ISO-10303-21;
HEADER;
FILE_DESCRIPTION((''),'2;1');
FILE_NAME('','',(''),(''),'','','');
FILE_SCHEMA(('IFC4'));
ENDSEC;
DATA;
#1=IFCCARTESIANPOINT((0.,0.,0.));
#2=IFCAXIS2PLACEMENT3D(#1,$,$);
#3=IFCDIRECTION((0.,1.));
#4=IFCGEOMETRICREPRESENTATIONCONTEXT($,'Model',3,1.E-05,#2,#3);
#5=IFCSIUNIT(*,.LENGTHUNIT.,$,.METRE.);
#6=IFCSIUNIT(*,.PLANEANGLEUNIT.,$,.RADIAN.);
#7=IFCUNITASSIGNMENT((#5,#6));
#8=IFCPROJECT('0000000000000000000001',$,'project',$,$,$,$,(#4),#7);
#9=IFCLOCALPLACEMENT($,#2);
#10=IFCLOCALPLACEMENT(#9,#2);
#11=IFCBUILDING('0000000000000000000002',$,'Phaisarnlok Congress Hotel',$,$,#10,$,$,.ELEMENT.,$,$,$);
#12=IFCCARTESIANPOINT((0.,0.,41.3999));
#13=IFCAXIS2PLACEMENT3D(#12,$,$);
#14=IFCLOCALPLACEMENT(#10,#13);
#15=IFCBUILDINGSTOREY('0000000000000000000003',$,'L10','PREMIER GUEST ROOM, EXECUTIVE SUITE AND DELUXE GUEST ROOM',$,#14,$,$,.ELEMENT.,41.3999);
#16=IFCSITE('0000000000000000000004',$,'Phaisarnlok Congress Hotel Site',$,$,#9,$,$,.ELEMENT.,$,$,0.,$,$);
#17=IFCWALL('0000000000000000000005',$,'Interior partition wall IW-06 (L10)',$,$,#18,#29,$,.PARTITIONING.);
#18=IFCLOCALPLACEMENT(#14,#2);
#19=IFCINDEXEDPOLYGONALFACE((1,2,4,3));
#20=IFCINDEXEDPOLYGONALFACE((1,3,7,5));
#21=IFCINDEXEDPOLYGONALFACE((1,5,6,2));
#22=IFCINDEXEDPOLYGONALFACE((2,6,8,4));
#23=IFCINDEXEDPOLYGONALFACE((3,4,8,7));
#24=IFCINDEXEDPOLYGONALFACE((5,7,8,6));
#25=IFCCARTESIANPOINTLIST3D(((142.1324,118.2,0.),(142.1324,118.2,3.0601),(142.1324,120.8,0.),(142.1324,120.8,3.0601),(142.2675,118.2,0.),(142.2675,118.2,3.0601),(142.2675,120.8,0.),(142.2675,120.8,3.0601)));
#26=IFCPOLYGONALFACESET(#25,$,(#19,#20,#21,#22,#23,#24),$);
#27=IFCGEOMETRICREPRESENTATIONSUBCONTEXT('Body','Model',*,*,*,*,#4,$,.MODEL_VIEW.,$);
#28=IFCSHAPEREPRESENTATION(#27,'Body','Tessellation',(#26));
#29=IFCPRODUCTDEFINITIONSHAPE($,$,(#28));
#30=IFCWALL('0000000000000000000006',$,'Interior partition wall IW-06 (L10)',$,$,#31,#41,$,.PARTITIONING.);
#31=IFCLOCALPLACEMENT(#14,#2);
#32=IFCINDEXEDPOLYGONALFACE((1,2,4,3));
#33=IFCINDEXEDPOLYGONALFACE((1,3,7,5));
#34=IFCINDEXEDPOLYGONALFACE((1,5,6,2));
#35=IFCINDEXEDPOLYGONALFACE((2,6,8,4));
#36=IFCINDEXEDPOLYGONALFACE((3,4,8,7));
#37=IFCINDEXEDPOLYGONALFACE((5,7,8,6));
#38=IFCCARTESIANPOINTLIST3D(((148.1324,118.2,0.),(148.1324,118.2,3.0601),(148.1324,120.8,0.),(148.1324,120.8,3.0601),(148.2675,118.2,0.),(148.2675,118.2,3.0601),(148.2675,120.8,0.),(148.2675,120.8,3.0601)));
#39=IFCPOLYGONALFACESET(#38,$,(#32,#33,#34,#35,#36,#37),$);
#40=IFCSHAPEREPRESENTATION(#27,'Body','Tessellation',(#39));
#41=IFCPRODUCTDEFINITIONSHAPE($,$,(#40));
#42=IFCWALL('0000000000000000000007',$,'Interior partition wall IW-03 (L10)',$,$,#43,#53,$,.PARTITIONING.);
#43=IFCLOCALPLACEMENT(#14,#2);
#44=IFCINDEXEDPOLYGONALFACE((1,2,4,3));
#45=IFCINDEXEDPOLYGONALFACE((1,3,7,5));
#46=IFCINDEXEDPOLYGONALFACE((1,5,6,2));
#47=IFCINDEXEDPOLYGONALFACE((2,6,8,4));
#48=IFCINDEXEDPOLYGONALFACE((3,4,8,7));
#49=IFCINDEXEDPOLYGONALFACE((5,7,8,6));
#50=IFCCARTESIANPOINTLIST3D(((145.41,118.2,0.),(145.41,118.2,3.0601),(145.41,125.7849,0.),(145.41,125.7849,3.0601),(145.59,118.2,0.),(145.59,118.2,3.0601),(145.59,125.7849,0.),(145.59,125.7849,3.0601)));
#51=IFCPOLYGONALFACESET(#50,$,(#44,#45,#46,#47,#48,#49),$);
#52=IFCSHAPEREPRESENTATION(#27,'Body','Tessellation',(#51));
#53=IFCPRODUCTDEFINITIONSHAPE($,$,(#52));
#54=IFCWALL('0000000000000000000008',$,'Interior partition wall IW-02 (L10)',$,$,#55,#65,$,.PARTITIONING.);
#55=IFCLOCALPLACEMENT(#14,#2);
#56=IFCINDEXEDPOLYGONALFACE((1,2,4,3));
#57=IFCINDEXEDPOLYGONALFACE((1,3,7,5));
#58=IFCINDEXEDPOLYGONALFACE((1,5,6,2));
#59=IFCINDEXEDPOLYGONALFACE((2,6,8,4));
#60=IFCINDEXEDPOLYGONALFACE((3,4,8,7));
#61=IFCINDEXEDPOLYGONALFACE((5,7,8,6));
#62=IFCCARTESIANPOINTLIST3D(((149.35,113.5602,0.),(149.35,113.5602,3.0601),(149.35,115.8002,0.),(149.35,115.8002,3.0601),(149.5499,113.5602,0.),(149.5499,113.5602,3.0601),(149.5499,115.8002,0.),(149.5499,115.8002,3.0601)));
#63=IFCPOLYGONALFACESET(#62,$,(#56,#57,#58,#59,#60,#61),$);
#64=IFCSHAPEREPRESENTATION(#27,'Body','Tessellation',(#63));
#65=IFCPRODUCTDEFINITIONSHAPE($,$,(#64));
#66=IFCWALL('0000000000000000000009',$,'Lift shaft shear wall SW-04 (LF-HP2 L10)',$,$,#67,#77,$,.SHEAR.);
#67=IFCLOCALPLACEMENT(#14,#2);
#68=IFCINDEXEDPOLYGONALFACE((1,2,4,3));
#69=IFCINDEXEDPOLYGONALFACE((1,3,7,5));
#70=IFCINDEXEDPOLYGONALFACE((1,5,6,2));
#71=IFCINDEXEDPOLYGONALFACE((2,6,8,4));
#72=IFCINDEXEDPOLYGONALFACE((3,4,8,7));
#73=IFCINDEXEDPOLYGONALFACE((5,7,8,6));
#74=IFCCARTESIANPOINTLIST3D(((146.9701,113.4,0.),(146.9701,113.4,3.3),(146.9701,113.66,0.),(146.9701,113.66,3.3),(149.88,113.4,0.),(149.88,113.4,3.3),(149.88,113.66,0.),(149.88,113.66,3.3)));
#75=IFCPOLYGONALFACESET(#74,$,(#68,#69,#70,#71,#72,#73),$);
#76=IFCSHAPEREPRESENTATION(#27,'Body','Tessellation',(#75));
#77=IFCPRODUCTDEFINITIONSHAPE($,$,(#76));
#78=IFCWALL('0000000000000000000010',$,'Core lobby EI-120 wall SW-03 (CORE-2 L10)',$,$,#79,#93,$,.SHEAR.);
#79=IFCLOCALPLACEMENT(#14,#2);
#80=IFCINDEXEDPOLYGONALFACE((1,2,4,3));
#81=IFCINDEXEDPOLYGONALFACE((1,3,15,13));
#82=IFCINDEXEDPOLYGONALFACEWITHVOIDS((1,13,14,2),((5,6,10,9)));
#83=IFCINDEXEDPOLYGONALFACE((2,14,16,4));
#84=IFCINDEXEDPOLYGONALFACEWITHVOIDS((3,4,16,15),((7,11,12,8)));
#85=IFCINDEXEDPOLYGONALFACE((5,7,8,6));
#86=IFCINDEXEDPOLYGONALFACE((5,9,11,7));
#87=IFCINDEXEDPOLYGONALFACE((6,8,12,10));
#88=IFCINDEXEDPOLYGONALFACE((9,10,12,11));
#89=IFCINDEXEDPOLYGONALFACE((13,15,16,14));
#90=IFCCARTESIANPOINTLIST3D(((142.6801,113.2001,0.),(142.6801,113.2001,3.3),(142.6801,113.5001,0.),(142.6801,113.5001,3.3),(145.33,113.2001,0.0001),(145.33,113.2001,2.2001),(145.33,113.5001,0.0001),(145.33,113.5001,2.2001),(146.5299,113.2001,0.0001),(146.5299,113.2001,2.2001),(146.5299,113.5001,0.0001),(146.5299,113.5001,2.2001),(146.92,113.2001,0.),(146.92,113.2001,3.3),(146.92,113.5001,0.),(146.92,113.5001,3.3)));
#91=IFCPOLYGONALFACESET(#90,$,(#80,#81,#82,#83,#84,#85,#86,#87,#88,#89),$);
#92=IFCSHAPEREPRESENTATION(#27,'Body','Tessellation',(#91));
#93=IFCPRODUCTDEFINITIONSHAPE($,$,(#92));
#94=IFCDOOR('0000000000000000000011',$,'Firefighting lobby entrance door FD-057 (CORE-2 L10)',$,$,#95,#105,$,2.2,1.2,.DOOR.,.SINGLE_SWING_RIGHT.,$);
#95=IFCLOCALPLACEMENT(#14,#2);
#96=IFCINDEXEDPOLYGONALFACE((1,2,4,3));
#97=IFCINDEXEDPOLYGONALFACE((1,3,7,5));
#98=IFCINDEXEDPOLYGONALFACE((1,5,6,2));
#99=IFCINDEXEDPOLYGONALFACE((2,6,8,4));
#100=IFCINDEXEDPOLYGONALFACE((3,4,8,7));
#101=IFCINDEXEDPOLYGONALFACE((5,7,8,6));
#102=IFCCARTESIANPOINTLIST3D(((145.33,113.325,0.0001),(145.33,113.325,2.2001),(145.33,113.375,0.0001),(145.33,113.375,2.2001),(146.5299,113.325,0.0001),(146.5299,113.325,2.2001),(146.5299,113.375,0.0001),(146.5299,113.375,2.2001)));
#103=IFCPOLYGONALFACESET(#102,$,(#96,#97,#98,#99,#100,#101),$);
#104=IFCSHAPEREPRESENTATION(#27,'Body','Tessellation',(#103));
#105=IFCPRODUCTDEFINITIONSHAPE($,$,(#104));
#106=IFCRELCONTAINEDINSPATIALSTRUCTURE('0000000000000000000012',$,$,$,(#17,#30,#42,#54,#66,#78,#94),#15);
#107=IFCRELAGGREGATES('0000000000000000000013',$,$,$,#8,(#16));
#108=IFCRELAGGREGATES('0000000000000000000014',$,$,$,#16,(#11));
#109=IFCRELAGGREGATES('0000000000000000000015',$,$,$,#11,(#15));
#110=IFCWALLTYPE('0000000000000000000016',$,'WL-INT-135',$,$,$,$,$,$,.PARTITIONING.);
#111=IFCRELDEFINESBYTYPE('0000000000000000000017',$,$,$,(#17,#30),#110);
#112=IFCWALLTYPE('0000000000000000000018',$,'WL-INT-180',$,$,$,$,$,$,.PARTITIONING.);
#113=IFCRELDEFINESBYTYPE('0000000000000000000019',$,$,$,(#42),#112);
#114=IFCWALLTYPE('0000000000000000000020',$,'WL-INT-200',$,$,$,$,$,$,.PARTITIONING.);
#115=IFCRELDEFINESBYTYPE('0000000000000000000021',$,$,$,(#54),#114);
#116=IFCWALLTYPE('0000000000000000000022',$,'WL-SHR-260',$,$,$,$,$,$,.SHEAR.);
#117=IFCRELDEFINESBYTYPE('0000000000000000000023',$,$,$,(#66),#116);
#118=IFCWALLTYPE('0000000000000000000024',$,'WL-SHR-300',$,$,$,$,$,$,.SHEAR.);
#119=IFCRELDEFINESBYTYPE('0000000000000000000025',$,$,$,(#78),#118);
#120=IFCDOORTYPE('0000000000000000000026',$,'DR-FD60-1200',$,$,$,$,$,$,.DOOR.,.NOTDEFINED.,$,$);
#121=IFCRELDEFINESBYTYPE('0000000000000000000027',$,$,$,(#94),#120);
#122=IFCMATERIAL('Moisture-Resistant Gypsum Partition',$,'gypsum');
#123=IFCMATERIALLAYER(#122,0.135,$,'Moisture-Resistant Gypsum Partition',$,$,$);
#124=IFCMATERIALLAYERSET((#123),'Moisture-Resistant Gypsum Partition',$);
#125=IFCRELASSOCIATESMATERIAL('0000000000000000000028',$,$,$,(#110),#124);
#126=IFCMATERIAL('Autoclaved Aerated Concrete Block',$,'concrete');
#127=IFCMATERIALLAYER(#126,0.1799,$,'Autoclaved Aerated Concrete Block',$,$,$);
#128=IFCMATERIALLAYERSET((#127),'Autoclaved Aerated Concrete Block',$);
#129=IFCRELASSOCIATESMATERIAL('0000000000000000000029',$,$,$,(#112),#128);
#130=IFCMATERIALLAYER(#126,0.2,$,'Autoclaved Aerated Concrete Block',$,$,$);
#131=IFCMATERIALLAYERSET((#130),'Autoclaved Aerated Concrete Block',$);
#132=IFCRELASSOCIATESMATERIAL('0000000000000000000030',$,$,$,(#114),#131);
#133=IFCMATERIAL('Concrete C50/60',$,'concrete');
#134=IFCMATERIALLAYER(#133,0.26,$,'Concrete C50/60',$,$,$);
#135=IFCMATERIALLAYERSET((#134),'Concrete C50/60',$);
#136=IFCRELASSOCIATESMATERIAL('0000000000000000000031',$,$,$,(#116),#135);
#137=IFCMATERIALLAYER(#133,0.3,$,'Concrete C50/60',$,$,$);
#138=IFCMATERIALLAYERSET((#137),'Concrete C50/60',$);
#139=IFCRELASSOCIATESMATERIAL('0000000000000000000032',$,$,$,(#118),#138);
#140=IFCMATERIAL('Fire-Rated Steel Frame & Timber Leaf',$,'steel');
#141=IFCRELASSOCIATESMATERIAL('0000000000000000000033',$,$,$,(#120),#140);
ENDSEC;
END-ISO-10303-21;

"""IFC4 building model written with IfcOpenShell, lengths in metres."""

from ifc_helpers import new_model, si_unit, direction, frame, frame_2d, origin, place, context, subcontext, project, spatial, rectangle, extrude, material, layer, layer_set, type_object, element, fill, save


model = new_model("IFC4")

# Units and contexts
model_context = context("Model", 3, precision=1e-05, world=origin(), true_north=direction((0.0, 1.0)))
body_context = subcontext(model_context, "Body", "Model", "MODEL_VIEW")
ifc_project = project(units=[si_unit("LENGTHUNIT", "METRE"), si_unit("PLANEANGLEUNIT", "RADIAN")], contexts=[model_context])

# Site, building, storey
site_placement = place(None, origin())
site = spatial("IfcSite", under=ifc_project, at=site_placement, Name="Phaisarnlok Congress Hotel Site", CompositionType="ELEMENT", RefElevation=0.0)
building_placement = place(site_placement, origin())
building = spatial("IfcBuilding", under=site, at=building_placement, Name="Phaisarnlok Congress Hotel", CompositionType="ELEMENT")
storey_placement = place(building_placement, frame((0.0, 0.0, 41.3999)))
storey = spatial("IfcBuildingStorey", under=building, at=storey_placement, Name="L10", Description="PREMIER GUEST ROOM, EXECUTIVE SUITE AND DELUXE GUEST ROOM", CompositionType="ELEMENT", Elevation=41.3999)

# Shared definitions
ifc_material_1 = material(Name="Concrete C50/60", Category="concrete")

# Walls
ifc_material_2 = material(Name="Moisture-Resistant Gypsum Partition", Category="gypsum")
ifc_layer_1 = layer(ifc_material_2, 0.135, Name="Moisture-Resistant Gypsum Partition")
ifc_layer_set_1 = layer_set([ifc_layer_1], Name="Moisture-Resistant Gypsum Partition")
wall_type_1 = type_object("IfcWallType", Name="WL-INT-135", PredefinedType="PARTITIONING", material=ifc_layer_set_1)
for number, where, z_axis, x_axis, name in (
    (1, (142.2, 118.2, 0.0), (0.0, 0.0, 1.0), (0.0, 1.0, 0.0), "Interior partition wall IW-06 (L10)"),
    (2, (148.2, 118.2, 0.0), (0.0, 0.0, 1.0), (0.0, 1.0, 0.0), "Interior partition wall IW-06 (L10)"),
):
    element("IfcWall", number, at=place(storey_placement, frame(where, z_axis=z_axis, x_axis=x_axis)), inside=storey, type_object=wall_type_1, Name=name, PredefinedType="PARTITIONING", context=body_context, shape_type="SweptSolid", body=[
        extrude(rectangle(XDim=2.6001, YDim=0.135, at=frame_2d((1.3, 0.0))), origin(), (0.0, 0.0, 1.0), 3.0601),
    ])
ifc_material_3 = material(Name="Autoclaved Aerated Concrete Block", Category="concrete")
ifc_layer_2 = layer(ifc_material_3, 0.1799, Name="Autoclaved Aerated Concrete Block")
ifc_layer_set_2 = layer_set([ifc_layer_2], Name="Autoclaved Aerated Concrete Block")
wall_type_2 = type_object("IfcWallType", Name="WL-INT-180", PredefinedType="PARTITIONING", material=ifc_layer_set_2)
wall_1_placement = place(storey_placement, frame((145.5, 118.2, 0.0), z_axis=(0.0, 0.0, 1.0), x_axis=(0.0, 1.0, 0.0)))
element("IfcWall", 3, at=wall_1_placement, inside=storey, type_object=wall_type_2, Name="Interior partition wall IW-03 (L10)", PredefinedType="PARTITIONING", context=body_context, shape_type="SweptSolid", body=[
    extrude(rectangle(XDim=7.585, YDim=0.1799, at=frame_2d((3.7925, 0.0))), origin(), (0.0, 0.0, 1.0), 3.0601),
])
ifc_layer_3 = layer(ifc_material_3, 0.2, Name="Autoclaved Aerated Concrete Block")
ifc_layer_set_3 = layer_set([ifc_layer_3], Name="Autoclaved Aerated Concrete Block")
wall_type_3 = type_object("IfcWallType", Name="WL-INT-200", PredefinedType="PARTITIONING", material=ifc_layer_set_3)
wall_2_placement = place(storey_placement, frame((149.45, 113.5601, 0.0), z_axis=(0.0, 0.0, 1.0), x_axis=(0.0, 1.0, 0.0)))
element("IfcWall", 4, at=wall_2_placement, inside=storey, type_object=wall_type_3, Name="Interior partition wall IW-02 (L10)", PredefinedType="PARTITIONING", context=body_context, shape_type="SweptSolid", body=[
    extrude(rectangle(XDim=2.24, YDim=0.2, at=frame_2d((1.1201, 0.0))), origin(), (0.0, 0.0, 1.0), 3.0601),
])
ifc_layer_4 = layer(ifc_material_1, 0.26, Name="Concrete C50/60")
ifc_layer_set_4 = layer_set([ifc_layer_4], Name="Concrete C50/60")
wall_type_4 = type_object("IfcWallType", Name="WL-SHR-260", PredefinedType="SHEAR", material=ifc_layer_set_4)
wall_3_placement = place(storey_placement, frame((146.97, 113.53, 0.0), z_axis=(0.0, 0.0, 1.0), x_axis=(1.0, 0.0, 0.0)))
element("IfcWall", 5, at=wall_3_placement, inside=storey, type_object=wall_type_4, Name="Lift shaft shear wall SW-04 (LF-HP2 L10)", PredefinedType="SHEAR", context=body_context, shape_type="SweptSolid", body=[
    extrude(rectangle(XDim=2.9099, YDim=0.26, at=frame_2d((1.4551, 0.0))), origin(), (0.0, 0.0, 1.0), 3.3),
])

# Wall, opening, door
ifc_layer_5 = layer(ifc_material_1, 0.3, Name="Concrete C50/60")
ifc_layer_set_5 = layer_set([ifc_layer_5], Name="Concrete C50/60")
wall_type_5 = type_object("IfcWallType", Name="WL-SHR-300", PredefinedType="SHEAR", material=ifc_layer_set_5)
wall_4_placement = place(storey_placement, frame((142.6799, 113.3501, 0.0), z_axis=(0.0, 0.0, 1.0), x_axis=(1.0, 0.0, 0.0)))
wall_4 = element("IfcWall", 6, at=wall_4_placement, inside=storey, type_object=wall_type_5, Name="Core lobby EI-120 wall SW-03 (CORE-2 L10)", PredefinedType="SHEAR", context=body_context, shape_type="SweptSolid", body=[
    extrude(rectangle(XDim=4.24, YDim=0.3, at=frame_2d((2.1201, 0.0))), origin(), (0.0, 0.0, 1.0), 3.3),
])
opening_placement = place(wall_4_placement, frame((2.6499, 0.0, 0.0)))
opening = element("IfcOpeningElement", 7, at=opening_placement, cuts=wall_4, PredefinedType="OPENING", context=body_context, shape_type="SweptSolid", body=[
    extrude(rectangle(XDim=1.2, YDim=2.2, at=frame_2d((0.6001, 1.1001))), frame((0.0, 0.1602, 0.0), z_axis=(0.0, -1.0, 0.0), x_axis=(1.0, 0.0, 0.0)), (0.0, 0.0, 1.0), 0.3201),
])
ifc_material_4 = material(Name="Fire-Rated Steel Frame & Timber Leaf", Category="steel")
door_type = type_object("IfcDoorType", Name="DR-FD60-1200", OperationType="NOTDEFINED", PredefinedType="DOOR", material=ifc_material_4)
door_placement = place(opening_placement, origin())
door = element("IfcDoor", 8, at=door_placement, inside=storey, type_object=door_type, Name="Firefighting lobby entrance door FD-057 (CORE-2 L10)", OperationType="SINGLE_SWING_RIGHT", OverallHeight=2.2, OverallWidth=1.2, PredefinedType="DOOR", context=body_context, shape_type="SweptSolid", body=[
    extrude(rectangle(XDim=1.2, YDim=2.2, at=frame_2d((0.6001, 1.1001))), frame((0.0, 0.0249, 0.0), z_axis=(0.0, -1.0, 0.0), x_axis=(1.0, 0.0, 0.0)), (0.0, 0.0, 1.0), 0.05),
])
fill(opening, door)

save(model, "model.ifc")
